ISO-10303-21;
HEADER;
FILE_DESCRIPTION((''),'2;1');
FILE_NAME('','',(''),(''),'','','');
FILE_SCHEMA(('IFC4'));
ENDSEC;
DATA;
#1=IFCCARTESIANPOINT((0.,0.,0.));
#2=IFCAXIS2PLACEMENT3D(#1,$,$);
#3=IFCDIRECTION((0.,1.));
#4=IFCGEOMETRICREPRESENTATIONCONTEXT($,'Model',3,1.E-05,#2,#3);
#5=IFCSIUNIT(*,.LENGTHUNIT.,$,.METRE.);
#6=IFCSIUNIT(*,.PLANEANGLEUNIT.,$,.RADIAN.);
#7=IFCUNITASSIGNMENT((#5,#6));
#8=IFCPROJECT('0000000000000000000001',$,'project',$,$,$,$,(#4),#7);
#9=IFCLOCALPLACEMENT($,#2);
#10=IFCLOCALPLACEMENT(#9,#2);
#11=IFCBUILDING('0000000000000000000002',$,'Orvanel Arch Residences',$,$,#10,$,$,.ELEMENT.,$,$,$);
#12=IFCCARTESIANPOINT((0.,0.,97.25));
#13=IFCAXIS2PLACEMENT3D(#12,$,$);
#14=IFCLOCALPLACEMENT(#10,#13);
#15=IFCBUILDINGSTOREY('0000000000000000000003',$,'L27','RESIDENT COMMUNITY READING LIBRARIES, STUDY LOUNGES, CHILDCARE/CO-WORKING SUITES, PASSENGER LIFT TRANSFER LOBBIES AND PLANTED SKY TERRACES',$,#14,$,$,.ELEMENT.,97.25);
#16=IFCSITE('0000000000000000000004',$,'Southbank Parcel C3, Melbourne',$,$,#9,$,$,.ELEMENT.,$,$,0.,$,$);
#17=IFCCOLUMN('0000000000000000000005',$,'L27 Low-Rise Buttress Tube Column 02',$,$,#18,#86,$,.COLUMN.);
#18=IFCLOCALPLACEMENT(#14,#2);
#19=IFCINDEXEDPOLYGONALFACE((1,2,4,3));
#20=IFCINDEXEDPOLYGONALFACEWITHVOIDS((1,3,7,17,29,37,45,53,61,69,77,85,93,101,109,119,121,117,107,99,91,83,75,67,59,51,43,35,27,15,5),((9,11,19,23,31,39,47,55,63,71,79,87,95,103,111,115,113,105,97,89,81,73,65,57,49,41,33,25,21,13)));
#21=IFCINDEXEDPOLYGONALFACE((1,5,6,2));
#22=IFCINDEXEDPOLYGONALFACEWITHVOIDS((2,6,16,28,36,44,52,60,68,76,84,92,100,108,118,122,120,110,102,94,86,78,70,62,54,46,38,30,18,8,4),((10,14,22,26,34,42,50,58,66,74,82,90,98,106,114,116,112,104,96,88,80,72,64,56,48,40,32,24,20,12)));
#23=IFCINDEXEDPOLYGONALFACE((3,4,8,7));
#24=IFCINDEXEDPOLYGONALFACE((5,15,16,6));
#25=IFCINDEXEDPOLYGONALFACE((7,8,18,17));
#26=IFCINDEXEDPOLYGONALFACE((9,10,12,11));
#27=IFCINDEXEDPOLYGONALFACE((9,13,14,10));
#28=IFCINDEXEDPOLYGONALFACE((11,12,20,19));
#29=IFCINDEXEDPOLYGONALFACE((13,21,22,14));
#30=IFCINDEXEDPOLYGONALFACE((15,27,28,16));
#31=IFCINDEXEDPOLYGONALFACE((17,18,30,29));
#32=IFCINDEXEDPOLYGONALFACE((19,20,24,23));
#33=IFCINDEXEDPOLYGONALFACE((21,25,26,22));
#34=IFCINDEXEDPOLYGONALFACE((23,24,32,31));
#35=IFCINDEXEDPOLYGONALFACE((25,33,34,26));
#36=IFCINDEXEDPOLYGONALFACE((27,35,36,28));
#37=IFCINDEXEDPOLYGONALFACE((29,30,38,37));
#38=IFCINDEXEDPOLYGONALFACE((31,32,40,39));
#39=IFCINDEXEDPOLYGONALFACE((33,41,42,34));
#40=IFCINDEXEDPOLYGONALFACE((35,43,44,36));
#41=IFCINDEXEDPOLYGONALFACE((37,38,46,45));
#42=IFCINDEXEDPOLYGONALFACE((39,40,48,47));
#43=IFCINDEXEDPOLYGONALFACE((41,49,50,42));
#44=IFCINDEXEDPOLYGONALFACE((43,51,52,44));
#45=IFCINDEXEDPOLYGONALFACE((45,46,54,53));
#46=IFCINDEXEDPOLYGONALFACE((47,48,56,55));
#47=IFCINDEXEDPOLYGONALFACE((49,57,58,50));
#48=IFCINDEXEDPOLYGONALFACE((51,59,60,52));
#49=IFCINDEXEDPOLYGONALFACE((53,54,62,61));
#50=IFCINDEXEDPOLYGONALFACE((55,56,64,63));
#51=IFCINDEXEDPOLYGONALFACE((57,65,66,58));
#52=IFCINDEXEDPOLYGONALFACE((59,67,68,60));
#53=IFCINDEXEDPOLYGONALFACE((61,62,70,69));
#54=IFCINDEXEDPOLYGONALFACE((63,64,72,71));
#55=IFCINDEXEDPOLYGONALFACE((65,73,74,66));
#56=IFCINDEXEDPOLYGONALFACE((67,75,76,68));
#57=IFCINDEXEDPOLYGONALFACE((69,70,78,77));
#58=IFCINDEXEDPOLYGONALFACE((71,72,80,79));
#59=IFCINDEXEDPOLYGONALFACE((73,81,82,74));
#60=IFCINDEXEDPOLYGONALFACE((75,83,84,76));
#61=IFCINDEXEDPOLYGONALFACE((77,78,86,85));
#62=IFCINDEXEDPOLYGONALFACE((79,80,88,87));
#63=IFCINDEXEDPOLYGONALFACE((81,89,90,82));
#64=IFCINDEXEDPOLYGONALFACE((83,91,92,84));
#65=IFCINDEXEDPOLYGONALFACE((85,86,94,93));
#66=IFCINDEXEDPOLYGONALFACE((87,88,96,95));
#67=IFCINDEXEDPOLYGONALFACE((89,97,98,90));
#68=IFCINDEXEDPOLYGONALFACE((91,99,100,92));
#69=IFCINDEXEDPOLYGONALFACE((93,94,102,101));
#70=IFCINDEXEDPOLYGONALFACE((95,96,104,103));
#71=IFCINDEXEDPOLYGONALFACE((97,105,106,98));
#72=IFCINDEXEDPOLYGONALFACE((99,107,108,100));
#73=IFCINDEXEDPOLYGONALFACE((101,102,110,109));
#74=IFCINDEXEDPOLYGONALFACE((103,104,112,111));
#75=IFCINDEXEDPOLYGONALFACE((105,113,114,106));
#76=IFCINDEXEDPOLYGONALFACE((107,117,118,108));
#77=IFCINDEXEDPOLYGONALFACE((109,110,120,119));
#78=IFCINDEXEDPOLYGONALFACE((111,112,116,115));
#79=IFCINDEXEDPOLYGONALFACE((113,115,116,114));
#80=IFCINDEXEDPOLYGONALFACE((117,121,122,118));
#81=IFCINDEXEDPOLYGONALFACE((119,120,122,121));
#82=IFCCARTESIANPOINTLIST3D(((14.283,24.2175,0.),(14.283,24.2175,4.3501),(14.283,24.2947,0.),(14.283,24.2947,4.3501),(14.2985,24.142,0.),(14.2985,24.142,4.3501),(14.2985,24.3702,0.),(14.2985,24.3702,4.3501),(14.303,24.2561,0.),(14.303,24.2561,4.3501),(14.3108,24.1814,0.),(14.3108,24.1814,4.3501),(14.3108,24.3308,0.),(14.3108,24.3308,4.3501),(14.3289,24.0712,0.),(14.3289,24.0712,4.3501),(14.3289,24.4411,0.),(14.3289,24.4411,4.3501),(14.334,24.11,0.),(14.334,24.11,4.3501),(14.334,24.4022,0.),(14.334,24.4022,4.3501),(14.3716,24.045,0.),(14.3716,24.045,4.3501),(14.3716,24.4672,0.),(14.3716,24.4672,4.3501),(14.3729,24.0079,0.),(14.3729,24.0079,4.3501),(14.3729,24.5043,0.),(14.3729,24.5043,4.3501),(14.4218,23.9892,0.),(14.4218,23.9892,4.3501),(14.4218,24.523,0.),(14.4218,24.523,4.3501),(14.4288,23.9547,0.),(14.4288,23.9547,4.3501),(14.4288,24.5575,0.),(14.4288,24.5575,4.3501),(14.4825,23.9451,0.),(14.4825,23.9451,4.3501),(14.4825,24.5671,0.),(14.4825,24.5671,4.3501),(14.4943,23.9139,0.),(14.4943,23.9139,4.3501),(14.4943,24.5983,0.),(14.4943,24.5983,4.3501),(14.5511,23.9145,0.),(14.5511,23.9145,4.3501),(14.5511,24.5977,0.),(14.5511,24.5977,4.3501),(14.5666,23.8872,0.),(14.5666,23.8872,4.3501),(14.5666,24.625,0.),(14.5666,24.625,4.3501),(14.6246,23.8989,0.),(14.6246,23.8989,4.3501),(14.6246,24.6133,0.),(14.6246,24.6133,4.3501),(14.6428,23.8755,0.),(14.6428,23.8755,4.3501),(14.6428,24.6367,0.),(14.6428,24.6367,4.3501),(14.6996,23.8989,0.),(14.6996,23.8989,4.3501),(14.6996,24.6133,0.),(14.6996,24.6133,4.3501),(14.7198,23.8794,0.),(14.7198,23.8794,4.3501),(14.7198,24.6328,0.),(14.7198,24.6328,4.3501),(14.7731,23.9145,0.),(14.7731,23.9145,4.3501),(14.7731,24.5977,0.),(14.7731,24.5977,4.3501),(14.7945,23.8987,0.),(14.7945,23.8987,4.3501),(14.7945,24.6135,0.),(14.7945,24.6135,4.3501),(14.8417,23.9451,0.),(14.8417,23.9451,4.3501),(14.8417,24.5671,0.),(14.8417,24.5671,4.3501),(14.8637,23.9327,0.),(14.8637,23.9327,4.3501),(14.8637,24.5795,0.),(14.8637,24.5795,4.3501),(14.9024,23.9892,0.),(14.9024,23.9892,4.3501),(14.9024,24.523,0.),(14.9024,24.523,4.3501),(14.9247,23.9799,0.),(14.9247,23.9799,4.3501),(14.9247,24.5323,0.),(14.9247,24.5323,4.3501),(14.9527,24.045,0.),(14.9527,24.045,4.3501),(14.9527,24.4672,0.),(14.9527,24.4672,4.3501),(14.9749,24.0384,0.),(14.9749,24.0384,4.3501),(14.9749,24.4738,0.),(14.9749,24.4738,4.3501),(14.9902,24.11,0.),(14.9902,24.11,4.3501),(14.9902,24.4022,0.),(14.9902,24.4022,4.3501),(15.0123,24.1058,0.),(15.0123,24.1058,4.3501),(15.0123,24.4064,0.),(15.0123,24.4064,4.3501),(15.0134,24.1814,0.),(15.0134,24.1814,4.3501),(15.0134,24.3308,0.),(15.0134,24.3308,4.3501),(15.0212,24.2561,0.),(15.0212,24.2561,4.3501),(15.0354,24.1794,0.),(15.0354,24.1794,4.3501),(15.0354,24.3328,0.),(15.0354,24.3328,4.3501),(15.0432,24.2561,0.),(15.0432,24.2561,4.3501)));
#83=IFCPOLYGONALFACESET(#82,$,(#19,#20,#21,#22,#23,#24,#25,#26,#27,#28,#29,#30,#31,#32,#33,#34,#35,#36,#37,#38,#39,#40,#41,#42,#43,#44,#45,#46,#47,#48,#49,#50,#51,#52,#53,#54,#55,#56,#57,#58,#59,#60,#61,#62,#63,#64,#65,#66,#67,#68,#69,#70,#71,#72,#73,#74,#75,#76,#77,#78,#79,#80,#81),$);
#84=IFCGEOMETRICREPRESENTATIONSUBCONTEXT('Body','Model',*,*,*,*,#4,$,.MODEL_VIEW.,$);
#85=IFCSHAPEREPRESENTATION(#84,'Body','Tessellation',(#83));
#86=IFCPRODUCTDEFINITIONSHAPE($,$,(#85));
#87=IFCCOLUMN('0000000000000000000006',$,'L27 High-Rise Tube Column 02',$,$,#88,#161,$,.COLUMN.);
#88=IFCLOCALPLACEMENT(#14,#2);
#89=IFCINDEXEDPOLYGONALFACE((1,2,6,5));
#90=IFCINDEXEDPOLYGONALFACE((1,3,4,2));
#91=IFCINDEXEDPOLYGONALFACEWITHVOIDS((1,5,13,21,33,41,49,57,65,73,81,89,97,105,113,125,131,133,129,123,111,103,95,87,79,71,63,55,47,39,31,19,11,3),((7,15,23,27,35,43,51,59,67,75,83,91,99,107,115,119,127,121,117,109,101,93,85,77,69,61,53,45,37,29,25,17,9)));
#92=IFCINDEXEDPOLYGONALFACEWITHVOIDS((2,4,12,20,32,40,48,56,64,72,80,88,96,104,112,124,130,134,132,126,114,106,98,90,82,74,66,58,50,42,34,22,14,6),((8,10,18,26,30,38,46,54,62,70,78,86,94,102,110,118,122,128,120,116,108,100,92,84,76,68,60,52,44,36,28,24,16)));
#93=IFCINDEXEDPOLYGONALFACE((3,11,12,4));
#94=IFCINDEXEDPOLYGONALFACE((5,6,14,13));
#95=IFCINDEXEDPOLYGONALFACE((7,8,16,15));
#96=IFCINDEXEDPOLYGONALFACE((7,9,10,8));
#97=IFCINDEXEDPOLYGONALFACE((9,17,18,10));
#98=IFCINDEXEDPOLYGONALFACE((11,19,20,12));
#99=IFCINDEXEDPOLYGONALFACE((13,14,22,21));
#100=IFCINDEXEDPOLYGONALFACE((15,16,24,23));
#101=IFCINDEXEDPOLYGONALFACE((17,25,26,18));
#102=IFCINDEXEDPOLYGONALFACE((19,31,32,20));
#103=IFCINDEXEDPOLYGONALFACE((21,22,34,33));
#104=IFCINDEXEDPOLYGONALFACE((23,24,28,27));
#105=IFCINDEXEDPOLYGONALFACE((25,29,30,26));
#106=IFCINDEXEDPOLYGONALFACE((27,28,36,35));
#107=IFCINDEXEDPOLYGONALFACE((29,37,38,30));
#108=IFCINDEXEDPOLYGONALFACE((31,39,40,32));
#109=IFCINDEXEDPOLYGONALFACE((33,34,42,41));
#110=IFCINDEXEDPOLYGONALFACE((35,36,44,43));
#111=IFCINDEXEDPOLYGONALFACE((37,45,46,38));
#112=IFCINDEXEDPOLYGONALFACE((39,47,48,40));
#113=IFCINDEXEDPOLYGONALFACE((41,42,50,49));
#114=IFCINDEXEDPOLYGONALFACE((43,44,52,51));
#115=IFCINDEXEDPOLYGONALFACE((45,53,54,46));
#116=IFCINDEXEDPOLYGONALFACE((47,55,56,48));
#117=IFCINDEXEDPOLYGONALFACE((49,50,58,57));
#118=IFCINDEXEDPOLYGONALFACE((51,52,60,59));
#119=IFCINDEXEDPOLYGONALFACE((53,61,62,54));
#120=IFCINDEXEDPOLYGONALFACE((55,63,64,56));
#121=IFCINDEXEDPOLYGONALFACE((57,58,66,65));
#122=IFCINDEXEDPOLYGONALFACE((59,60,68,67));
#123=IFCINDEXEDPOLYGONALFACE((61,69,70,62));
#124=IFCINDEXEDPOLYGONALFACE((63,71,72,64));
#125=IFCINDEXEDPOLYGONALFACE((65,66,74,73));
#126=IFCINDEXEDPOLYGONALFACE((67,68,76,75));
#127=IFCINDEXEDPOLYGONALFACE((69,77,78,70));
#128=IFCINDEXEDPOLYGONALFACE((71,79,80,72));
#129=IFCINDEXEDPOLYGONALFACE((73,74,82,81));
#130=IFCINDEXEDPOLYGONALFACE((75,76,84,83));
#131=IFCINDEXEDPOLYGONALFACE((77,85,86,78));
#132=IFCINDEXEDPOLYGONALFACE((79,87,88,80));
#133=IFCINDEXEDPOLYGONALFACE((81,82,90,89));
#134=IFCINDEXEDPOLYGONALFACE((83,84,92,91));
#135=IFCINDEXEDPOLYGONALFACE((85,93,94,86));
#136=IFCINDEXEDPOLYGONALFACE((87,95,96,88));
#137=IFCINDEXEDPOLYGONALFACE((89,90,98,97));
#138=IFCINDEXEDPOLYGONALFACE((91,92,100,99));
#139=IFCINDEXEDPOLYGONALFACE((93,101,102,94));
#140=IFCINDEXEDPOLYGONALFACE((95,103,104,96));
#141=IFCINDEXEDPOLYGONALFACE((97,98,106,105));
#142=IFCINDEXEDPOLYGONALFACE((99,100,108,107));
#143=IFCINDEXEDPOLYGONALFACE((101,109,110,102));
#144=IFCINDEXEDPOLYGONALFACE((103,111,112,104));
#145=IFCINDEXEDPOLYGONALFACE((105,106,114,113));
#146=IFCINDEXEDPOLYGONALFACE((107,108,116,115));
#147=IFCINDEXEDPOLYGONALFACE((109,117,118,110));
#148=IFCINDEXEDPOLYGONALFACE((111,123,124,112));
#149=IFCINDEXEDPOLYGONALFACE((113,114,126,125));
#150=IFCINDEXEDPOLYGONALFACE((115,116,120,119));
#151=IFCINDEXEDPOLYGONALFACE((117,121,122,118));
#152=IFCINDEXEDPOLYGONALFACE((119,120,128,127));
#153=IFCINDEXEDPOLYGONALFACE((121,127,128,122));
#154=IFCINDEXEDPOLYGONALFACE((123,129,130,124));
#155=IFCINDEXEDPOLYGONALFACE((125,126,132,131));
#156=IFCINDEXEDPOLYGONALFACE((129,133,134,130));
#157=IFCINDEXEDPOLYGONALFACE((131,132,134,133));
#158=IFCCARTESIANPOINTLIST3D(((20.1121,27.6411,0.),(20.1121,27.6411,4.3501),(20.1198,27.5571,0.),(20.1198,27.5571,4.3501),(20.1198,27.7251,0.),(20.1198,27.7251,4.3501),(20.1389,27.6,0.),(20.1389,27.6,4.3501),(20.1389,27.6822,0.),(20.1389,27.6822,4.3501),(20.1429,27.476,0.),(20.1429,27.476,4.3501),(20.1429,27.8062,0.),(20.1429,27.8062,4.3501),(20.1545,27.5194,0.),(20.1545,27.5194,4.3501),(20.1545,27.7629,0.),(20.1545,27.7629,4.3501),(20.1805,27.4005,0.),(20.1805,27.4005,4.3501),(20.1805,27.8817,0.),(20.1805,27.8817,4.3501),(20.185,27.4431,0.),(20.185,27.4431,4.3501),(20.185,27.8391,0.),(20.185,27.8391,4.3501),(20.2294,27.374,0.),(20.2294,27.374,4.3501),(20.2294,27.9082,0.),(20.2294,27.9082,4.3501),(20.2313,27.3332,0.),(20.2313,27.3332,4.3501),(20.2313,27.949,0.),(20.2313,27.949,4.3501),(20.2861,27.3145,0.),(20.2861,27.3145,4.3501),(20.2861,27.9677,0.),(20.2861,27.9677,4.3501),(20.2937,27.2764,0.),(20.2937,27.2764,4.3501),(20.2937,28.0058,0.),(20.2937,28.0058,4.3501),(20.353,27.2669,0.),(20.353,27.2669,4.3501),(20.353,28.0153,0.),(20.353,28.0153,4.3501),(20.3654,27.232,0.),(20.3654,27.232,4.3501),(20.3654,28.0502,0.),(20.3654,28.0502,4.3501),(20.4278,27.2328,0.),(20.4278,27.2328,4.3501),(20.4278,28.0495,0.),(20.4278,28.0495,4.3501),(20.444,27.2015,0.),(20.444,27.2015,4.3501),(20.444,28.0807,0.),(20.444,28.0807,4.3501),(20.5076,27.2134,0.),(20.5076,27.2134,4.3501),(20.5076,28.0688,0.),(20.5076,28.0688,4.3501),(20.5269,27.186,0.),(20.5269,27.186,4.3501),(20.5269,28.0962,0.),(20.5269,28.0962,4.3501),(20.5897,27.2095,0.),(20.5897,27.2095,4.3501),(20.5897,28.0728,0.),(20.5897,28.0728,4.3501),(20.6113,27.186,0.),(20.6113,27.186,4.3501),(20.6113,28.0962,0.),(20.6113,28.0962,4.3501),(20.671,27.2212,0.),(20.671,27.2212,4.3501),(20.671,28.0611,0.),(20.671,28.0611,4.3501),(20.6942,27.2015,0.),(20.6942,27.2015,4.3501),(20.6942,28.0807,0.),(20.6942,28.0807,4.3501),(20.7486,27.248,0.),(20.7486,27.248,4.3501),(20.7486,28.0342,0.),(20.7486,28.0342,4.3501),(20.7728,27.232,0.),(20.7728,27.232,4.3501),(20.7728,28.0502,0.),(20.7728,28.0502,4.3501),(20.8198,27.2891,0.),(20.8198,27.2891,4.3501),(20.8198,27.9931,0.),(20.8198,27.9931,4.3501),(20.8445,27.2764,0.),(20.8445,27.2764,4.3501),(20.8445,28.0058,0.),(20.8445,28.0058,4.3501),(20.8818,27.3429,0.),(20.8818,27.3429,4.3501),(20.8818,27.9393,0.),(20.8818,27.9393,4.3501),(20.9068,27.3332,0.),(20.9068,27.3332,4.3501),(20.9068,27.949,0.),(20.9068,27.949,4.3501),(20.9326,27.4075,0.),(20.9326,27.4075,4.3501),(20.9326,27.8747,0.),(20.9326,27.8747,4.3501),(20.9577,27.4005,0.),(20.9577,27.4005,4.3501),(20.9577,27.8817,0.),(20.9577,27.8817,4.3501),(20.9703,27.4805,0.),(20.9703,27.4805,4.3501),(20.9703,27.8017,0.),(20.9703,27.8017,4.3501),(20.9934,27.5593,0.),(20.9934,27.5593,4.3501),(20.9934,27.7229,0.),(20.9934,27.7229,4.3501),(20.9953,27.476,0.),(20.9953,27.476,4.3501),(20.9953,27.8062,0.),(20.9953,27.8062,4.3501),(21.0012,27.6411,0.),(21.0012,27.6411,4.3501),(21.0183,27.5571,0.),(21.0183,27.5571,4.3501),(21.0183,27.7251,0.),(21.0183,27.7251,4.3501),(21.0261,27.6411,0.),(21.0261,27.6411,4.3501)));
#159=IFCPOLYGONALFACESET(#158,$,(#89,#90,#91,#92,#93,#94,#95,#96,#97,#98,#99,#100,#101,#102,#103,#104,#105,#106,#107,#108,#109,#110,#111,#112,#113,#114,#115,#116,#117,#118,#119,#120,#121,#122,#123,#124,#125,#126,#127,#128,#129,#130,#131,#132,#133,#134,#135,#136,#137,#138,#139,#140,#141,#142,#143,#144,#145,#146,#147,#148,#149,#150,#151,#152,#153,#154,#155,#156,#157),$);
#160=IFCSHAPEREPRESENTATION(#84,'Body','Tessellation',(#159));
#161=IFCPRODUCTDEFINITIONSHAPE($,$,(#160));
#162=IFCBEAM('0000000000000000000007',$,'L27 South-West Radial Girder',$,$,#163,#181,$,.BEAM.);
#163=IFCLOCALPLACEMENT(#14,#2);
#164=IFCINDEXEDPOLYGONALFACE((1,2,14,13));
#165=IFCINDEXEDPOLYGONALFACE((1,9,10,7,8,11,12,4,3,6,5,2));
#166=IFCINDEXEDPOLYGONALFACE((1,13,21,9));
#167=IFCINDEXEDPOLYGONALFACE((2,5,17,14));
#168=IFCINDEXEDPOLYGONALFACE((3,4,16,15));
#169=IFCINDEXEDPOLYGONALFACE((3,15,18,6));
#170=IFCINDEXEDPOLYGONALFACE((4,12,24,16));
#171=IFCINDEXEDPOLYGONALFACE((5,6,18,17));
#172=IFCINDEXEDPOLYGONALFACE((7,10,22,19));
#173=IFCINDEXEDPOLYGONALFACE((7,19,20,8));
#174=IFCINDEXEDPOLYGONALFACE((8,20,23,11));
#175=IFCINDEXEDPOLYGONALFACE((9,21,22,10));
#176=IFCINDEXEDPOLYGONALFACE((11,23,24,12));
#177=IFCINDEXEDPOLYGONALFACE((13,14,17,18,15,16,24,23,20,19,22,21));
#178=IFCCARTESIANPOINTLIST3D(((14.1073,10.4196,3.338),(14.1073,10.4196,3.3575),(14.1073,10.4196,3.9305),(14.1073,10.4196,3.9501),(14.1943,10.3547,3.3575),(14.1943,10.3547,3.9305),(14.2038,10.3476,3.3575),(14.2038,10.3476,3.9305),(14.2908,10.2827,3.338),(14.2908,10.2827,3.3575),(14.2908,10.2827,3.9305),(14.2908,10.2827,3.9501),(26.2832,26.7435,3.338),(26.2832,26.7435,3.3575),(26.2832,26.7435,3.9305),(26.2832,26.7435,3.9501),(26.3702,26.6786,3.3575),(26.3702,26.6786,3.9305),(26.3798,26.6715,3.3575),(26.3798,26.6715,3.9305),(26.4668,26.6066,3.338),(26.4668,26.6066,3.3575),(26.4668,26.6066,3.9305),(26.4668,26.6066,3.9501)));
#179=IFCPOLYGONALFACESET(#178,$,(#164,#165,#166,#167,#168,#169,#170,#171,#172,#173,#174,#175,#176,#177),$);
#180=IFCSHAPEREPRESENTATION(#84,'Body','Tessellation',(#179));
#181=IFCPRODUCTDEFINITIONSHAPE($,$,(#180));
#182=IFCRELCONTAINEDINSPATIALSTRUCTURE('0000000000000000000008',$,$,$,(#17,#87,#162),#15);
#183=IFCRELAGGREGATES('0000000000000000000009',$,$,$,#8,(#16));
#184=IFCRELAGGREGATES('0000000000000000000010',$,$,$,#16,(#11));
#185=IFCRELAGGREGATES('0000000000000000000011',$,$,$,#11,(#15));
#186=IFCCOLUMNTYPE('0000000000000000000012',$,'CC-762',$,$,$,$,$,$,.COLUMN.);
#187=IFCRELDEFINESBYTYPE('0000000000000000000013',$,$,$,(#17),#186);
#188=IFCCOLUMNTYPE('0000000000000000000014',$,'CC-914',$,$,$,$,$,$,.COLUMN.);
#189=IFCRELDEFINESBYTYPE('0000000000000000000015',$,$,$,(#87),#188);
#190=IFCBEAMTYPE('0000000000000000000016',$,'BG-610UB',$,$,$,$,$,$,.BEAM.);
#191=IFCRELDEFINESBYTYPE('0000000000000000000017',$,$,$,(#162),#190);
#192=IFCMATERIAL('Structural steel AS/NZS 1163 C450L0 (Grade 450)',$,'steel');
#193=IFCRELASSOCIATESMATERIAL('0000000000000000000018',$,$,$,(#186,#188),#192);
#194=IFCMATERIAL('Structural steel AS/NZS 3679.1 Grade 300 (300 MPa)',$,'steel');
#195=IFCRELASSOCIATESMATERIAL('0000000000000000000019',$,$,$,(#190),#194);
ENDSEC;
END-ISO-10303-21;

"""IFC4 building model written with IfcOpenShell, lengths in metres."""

from ifc_helpers import new_model, si_unit, direction, frame, origin, origin_2d, place, context, subcontext, project, spatial, hollow_circle, i_section, extrude, material, material_profile, profile_set, type_object, element, save


model = new_model("IFC4")

# Units and contexts
model_context = context("Model", 3, precision=1e-05, world=origin(), true_north=direction((0.0, 1.0)))
body_context = subcontext(model_context, "Body", "Model", "MODEL_VIEW")
ifc_project = project(units=[si_unit("LENGTHUNIT", "METRE"), si_unit("PLANEANGLEUNIT", "RADIAN")], contexts=[model_context])

# Site, building, storey
site_placement = place(None, origin())
site = spatial("IfcSite", under=ifc_project, at=site_placement, Name="Southbank Parcel C3, Melbourne", CompositionType="ELEMENT", RefElevation=0.0)
building_placement = place(site_placement, origin())
building = spatial("IfcBuilding", under=site, at=building_placement, Name="Orvanel Arch Residences", CompositionType="ELEMENT")
storey_placement = place(building_placement, frame((0.0, 0.0, 97.25)))
storey = spatial("IfcBuildingStorey", under=building, at=storey_placement, Name="L27", Description="RESIDENT COMMUNITY READING LIBRARIES, STUDY LOUNGES, CHILDCARE/CO-WORKING SUITES, PASSENGER LIFT TRANSFER LOBBIES AND PLANTED SKY TERRACES", CompositionType="ELEMENT", Elevation=97.25)

# Columns
ifc_material_1 = material(Name="Structural steel AS/NZS 1163 C450L0 (Grade 450)", Category="steel")
ifc_material_profile_1 = material_profile(ifc_material_1, hollow_circle(Radius=0.3811, WallThickness=0.022, at=origin_2d()), Name="CHS762x22")
ifc_profile_set_1 = profile_set([ifc_material_profile_1], Name="Structural steel AS/NZS 1163 C450L0 (Grade 450)")
column_type_1 = type_object("IfcColumnType", Name="CC-762", PredefinedType="COLUMN", material=ifc_profile_set_1)
column_1_placement = place(storey_placement, frame((14.6621, 24.2561, 0.0), z_axis=(0.0, 0.0, 1.0), x_axis=(1.0, 0.0, 0.0)))
element("IfcColumn", 1, at=column_1_placement, inside=storey, type_object=column_type_1, Name="L27 Low-Rise Buttress Tube Column 02", PredefinedType="COLUMN", context=body_context, shape_type="SweptSolid", body=[
    extrude(hollow_circle(Radius=0.3811, WallThickness=0.022, at=origin_2d()), origin(), (0.0, 0.0, 1.0), 4.3501),
])
ifc_material_profile_2 = material_profile(ifc_material_1, hollow_circle(Radius=0.457, WallThickness=0.0249, at=origin_2d()), Name="CHS914x25")
ifc_profile_set_2 = profile_set([ifc_material_profile_2], Name="Structural steel AS/NZS 1163 C450L0 (Grade 450)")
column_type_2 = type_object("IfcColumnType", Name="CC-914", PredefinedType="COLUMN", material=ifc_profile_set_2)
column_2_placement = place(storey_placement, frame((20.5691, 27.6411, 0.0), z_axis=(0.0, 0.0, 1.0), x_axis=(1.0, 0.0, 0.0)))
element("IfcColumn", 2, at=column_2_placement, inside=storey, type_object=column_type_2, Name="L27 High-Rise Tube Column 02", PredefinedType="COLUMN", context=body_context, shape_type="SweptSolid", body=[
    extrude(hollow_circle(Radius=0.457, WallThickness=0.0249, at=origin_2d()), origin(), (0.0, 0.0, 1.0), 4.3501),
])

# Beam
ifc_material_2 = material(Name="Structural steel AS/NZS 3679.1 Grade 300 (300 MPa)", Category="steel")
ifc_material_profile_3 = material_profile(ifc_material_2, i_section(OverallWidth=0.229, OverallDepth=0.6121, WebThickness=0.012, FlangeThickness=0.0195, at=origin_2d()), Name="610UB125")
ifc_profile_set_3 = profile_set([ifc_material_profile_3], Name="Structural steel AS/NZS 3679.1 Grade 300 (300 MPa)")
beam_type_1 = type_object("IfcBeamType", Name="BG-610UB", PredefinedType="BEAM", material=ifc_profile_set_3)
beam_1_placement = place(storey_placement, frame((26.375, 26.675, 3.644), z_axis=(-0.597894, -0.801575, 0.0), x_axis=(0.801575, -0.597894, 0.0)))
element("IfcBeam", 3, at=beam_1_placement, inside=storey, type_object=beam_type_1, Name="L27 South-West Radial Girder", PredefinedType="BEAM", context=body_context, shape_type="SweptSolid", body=[
    extrude(i_section(OverallWidth=0.229, OverallDepth=0.6121, WebThickness=0.012, FlangeThickness=0.0195, at=origin_2d()), origin(), (0.0, 0.0, 1.0), 20.3647),
])

save(model, "model.ifc")
